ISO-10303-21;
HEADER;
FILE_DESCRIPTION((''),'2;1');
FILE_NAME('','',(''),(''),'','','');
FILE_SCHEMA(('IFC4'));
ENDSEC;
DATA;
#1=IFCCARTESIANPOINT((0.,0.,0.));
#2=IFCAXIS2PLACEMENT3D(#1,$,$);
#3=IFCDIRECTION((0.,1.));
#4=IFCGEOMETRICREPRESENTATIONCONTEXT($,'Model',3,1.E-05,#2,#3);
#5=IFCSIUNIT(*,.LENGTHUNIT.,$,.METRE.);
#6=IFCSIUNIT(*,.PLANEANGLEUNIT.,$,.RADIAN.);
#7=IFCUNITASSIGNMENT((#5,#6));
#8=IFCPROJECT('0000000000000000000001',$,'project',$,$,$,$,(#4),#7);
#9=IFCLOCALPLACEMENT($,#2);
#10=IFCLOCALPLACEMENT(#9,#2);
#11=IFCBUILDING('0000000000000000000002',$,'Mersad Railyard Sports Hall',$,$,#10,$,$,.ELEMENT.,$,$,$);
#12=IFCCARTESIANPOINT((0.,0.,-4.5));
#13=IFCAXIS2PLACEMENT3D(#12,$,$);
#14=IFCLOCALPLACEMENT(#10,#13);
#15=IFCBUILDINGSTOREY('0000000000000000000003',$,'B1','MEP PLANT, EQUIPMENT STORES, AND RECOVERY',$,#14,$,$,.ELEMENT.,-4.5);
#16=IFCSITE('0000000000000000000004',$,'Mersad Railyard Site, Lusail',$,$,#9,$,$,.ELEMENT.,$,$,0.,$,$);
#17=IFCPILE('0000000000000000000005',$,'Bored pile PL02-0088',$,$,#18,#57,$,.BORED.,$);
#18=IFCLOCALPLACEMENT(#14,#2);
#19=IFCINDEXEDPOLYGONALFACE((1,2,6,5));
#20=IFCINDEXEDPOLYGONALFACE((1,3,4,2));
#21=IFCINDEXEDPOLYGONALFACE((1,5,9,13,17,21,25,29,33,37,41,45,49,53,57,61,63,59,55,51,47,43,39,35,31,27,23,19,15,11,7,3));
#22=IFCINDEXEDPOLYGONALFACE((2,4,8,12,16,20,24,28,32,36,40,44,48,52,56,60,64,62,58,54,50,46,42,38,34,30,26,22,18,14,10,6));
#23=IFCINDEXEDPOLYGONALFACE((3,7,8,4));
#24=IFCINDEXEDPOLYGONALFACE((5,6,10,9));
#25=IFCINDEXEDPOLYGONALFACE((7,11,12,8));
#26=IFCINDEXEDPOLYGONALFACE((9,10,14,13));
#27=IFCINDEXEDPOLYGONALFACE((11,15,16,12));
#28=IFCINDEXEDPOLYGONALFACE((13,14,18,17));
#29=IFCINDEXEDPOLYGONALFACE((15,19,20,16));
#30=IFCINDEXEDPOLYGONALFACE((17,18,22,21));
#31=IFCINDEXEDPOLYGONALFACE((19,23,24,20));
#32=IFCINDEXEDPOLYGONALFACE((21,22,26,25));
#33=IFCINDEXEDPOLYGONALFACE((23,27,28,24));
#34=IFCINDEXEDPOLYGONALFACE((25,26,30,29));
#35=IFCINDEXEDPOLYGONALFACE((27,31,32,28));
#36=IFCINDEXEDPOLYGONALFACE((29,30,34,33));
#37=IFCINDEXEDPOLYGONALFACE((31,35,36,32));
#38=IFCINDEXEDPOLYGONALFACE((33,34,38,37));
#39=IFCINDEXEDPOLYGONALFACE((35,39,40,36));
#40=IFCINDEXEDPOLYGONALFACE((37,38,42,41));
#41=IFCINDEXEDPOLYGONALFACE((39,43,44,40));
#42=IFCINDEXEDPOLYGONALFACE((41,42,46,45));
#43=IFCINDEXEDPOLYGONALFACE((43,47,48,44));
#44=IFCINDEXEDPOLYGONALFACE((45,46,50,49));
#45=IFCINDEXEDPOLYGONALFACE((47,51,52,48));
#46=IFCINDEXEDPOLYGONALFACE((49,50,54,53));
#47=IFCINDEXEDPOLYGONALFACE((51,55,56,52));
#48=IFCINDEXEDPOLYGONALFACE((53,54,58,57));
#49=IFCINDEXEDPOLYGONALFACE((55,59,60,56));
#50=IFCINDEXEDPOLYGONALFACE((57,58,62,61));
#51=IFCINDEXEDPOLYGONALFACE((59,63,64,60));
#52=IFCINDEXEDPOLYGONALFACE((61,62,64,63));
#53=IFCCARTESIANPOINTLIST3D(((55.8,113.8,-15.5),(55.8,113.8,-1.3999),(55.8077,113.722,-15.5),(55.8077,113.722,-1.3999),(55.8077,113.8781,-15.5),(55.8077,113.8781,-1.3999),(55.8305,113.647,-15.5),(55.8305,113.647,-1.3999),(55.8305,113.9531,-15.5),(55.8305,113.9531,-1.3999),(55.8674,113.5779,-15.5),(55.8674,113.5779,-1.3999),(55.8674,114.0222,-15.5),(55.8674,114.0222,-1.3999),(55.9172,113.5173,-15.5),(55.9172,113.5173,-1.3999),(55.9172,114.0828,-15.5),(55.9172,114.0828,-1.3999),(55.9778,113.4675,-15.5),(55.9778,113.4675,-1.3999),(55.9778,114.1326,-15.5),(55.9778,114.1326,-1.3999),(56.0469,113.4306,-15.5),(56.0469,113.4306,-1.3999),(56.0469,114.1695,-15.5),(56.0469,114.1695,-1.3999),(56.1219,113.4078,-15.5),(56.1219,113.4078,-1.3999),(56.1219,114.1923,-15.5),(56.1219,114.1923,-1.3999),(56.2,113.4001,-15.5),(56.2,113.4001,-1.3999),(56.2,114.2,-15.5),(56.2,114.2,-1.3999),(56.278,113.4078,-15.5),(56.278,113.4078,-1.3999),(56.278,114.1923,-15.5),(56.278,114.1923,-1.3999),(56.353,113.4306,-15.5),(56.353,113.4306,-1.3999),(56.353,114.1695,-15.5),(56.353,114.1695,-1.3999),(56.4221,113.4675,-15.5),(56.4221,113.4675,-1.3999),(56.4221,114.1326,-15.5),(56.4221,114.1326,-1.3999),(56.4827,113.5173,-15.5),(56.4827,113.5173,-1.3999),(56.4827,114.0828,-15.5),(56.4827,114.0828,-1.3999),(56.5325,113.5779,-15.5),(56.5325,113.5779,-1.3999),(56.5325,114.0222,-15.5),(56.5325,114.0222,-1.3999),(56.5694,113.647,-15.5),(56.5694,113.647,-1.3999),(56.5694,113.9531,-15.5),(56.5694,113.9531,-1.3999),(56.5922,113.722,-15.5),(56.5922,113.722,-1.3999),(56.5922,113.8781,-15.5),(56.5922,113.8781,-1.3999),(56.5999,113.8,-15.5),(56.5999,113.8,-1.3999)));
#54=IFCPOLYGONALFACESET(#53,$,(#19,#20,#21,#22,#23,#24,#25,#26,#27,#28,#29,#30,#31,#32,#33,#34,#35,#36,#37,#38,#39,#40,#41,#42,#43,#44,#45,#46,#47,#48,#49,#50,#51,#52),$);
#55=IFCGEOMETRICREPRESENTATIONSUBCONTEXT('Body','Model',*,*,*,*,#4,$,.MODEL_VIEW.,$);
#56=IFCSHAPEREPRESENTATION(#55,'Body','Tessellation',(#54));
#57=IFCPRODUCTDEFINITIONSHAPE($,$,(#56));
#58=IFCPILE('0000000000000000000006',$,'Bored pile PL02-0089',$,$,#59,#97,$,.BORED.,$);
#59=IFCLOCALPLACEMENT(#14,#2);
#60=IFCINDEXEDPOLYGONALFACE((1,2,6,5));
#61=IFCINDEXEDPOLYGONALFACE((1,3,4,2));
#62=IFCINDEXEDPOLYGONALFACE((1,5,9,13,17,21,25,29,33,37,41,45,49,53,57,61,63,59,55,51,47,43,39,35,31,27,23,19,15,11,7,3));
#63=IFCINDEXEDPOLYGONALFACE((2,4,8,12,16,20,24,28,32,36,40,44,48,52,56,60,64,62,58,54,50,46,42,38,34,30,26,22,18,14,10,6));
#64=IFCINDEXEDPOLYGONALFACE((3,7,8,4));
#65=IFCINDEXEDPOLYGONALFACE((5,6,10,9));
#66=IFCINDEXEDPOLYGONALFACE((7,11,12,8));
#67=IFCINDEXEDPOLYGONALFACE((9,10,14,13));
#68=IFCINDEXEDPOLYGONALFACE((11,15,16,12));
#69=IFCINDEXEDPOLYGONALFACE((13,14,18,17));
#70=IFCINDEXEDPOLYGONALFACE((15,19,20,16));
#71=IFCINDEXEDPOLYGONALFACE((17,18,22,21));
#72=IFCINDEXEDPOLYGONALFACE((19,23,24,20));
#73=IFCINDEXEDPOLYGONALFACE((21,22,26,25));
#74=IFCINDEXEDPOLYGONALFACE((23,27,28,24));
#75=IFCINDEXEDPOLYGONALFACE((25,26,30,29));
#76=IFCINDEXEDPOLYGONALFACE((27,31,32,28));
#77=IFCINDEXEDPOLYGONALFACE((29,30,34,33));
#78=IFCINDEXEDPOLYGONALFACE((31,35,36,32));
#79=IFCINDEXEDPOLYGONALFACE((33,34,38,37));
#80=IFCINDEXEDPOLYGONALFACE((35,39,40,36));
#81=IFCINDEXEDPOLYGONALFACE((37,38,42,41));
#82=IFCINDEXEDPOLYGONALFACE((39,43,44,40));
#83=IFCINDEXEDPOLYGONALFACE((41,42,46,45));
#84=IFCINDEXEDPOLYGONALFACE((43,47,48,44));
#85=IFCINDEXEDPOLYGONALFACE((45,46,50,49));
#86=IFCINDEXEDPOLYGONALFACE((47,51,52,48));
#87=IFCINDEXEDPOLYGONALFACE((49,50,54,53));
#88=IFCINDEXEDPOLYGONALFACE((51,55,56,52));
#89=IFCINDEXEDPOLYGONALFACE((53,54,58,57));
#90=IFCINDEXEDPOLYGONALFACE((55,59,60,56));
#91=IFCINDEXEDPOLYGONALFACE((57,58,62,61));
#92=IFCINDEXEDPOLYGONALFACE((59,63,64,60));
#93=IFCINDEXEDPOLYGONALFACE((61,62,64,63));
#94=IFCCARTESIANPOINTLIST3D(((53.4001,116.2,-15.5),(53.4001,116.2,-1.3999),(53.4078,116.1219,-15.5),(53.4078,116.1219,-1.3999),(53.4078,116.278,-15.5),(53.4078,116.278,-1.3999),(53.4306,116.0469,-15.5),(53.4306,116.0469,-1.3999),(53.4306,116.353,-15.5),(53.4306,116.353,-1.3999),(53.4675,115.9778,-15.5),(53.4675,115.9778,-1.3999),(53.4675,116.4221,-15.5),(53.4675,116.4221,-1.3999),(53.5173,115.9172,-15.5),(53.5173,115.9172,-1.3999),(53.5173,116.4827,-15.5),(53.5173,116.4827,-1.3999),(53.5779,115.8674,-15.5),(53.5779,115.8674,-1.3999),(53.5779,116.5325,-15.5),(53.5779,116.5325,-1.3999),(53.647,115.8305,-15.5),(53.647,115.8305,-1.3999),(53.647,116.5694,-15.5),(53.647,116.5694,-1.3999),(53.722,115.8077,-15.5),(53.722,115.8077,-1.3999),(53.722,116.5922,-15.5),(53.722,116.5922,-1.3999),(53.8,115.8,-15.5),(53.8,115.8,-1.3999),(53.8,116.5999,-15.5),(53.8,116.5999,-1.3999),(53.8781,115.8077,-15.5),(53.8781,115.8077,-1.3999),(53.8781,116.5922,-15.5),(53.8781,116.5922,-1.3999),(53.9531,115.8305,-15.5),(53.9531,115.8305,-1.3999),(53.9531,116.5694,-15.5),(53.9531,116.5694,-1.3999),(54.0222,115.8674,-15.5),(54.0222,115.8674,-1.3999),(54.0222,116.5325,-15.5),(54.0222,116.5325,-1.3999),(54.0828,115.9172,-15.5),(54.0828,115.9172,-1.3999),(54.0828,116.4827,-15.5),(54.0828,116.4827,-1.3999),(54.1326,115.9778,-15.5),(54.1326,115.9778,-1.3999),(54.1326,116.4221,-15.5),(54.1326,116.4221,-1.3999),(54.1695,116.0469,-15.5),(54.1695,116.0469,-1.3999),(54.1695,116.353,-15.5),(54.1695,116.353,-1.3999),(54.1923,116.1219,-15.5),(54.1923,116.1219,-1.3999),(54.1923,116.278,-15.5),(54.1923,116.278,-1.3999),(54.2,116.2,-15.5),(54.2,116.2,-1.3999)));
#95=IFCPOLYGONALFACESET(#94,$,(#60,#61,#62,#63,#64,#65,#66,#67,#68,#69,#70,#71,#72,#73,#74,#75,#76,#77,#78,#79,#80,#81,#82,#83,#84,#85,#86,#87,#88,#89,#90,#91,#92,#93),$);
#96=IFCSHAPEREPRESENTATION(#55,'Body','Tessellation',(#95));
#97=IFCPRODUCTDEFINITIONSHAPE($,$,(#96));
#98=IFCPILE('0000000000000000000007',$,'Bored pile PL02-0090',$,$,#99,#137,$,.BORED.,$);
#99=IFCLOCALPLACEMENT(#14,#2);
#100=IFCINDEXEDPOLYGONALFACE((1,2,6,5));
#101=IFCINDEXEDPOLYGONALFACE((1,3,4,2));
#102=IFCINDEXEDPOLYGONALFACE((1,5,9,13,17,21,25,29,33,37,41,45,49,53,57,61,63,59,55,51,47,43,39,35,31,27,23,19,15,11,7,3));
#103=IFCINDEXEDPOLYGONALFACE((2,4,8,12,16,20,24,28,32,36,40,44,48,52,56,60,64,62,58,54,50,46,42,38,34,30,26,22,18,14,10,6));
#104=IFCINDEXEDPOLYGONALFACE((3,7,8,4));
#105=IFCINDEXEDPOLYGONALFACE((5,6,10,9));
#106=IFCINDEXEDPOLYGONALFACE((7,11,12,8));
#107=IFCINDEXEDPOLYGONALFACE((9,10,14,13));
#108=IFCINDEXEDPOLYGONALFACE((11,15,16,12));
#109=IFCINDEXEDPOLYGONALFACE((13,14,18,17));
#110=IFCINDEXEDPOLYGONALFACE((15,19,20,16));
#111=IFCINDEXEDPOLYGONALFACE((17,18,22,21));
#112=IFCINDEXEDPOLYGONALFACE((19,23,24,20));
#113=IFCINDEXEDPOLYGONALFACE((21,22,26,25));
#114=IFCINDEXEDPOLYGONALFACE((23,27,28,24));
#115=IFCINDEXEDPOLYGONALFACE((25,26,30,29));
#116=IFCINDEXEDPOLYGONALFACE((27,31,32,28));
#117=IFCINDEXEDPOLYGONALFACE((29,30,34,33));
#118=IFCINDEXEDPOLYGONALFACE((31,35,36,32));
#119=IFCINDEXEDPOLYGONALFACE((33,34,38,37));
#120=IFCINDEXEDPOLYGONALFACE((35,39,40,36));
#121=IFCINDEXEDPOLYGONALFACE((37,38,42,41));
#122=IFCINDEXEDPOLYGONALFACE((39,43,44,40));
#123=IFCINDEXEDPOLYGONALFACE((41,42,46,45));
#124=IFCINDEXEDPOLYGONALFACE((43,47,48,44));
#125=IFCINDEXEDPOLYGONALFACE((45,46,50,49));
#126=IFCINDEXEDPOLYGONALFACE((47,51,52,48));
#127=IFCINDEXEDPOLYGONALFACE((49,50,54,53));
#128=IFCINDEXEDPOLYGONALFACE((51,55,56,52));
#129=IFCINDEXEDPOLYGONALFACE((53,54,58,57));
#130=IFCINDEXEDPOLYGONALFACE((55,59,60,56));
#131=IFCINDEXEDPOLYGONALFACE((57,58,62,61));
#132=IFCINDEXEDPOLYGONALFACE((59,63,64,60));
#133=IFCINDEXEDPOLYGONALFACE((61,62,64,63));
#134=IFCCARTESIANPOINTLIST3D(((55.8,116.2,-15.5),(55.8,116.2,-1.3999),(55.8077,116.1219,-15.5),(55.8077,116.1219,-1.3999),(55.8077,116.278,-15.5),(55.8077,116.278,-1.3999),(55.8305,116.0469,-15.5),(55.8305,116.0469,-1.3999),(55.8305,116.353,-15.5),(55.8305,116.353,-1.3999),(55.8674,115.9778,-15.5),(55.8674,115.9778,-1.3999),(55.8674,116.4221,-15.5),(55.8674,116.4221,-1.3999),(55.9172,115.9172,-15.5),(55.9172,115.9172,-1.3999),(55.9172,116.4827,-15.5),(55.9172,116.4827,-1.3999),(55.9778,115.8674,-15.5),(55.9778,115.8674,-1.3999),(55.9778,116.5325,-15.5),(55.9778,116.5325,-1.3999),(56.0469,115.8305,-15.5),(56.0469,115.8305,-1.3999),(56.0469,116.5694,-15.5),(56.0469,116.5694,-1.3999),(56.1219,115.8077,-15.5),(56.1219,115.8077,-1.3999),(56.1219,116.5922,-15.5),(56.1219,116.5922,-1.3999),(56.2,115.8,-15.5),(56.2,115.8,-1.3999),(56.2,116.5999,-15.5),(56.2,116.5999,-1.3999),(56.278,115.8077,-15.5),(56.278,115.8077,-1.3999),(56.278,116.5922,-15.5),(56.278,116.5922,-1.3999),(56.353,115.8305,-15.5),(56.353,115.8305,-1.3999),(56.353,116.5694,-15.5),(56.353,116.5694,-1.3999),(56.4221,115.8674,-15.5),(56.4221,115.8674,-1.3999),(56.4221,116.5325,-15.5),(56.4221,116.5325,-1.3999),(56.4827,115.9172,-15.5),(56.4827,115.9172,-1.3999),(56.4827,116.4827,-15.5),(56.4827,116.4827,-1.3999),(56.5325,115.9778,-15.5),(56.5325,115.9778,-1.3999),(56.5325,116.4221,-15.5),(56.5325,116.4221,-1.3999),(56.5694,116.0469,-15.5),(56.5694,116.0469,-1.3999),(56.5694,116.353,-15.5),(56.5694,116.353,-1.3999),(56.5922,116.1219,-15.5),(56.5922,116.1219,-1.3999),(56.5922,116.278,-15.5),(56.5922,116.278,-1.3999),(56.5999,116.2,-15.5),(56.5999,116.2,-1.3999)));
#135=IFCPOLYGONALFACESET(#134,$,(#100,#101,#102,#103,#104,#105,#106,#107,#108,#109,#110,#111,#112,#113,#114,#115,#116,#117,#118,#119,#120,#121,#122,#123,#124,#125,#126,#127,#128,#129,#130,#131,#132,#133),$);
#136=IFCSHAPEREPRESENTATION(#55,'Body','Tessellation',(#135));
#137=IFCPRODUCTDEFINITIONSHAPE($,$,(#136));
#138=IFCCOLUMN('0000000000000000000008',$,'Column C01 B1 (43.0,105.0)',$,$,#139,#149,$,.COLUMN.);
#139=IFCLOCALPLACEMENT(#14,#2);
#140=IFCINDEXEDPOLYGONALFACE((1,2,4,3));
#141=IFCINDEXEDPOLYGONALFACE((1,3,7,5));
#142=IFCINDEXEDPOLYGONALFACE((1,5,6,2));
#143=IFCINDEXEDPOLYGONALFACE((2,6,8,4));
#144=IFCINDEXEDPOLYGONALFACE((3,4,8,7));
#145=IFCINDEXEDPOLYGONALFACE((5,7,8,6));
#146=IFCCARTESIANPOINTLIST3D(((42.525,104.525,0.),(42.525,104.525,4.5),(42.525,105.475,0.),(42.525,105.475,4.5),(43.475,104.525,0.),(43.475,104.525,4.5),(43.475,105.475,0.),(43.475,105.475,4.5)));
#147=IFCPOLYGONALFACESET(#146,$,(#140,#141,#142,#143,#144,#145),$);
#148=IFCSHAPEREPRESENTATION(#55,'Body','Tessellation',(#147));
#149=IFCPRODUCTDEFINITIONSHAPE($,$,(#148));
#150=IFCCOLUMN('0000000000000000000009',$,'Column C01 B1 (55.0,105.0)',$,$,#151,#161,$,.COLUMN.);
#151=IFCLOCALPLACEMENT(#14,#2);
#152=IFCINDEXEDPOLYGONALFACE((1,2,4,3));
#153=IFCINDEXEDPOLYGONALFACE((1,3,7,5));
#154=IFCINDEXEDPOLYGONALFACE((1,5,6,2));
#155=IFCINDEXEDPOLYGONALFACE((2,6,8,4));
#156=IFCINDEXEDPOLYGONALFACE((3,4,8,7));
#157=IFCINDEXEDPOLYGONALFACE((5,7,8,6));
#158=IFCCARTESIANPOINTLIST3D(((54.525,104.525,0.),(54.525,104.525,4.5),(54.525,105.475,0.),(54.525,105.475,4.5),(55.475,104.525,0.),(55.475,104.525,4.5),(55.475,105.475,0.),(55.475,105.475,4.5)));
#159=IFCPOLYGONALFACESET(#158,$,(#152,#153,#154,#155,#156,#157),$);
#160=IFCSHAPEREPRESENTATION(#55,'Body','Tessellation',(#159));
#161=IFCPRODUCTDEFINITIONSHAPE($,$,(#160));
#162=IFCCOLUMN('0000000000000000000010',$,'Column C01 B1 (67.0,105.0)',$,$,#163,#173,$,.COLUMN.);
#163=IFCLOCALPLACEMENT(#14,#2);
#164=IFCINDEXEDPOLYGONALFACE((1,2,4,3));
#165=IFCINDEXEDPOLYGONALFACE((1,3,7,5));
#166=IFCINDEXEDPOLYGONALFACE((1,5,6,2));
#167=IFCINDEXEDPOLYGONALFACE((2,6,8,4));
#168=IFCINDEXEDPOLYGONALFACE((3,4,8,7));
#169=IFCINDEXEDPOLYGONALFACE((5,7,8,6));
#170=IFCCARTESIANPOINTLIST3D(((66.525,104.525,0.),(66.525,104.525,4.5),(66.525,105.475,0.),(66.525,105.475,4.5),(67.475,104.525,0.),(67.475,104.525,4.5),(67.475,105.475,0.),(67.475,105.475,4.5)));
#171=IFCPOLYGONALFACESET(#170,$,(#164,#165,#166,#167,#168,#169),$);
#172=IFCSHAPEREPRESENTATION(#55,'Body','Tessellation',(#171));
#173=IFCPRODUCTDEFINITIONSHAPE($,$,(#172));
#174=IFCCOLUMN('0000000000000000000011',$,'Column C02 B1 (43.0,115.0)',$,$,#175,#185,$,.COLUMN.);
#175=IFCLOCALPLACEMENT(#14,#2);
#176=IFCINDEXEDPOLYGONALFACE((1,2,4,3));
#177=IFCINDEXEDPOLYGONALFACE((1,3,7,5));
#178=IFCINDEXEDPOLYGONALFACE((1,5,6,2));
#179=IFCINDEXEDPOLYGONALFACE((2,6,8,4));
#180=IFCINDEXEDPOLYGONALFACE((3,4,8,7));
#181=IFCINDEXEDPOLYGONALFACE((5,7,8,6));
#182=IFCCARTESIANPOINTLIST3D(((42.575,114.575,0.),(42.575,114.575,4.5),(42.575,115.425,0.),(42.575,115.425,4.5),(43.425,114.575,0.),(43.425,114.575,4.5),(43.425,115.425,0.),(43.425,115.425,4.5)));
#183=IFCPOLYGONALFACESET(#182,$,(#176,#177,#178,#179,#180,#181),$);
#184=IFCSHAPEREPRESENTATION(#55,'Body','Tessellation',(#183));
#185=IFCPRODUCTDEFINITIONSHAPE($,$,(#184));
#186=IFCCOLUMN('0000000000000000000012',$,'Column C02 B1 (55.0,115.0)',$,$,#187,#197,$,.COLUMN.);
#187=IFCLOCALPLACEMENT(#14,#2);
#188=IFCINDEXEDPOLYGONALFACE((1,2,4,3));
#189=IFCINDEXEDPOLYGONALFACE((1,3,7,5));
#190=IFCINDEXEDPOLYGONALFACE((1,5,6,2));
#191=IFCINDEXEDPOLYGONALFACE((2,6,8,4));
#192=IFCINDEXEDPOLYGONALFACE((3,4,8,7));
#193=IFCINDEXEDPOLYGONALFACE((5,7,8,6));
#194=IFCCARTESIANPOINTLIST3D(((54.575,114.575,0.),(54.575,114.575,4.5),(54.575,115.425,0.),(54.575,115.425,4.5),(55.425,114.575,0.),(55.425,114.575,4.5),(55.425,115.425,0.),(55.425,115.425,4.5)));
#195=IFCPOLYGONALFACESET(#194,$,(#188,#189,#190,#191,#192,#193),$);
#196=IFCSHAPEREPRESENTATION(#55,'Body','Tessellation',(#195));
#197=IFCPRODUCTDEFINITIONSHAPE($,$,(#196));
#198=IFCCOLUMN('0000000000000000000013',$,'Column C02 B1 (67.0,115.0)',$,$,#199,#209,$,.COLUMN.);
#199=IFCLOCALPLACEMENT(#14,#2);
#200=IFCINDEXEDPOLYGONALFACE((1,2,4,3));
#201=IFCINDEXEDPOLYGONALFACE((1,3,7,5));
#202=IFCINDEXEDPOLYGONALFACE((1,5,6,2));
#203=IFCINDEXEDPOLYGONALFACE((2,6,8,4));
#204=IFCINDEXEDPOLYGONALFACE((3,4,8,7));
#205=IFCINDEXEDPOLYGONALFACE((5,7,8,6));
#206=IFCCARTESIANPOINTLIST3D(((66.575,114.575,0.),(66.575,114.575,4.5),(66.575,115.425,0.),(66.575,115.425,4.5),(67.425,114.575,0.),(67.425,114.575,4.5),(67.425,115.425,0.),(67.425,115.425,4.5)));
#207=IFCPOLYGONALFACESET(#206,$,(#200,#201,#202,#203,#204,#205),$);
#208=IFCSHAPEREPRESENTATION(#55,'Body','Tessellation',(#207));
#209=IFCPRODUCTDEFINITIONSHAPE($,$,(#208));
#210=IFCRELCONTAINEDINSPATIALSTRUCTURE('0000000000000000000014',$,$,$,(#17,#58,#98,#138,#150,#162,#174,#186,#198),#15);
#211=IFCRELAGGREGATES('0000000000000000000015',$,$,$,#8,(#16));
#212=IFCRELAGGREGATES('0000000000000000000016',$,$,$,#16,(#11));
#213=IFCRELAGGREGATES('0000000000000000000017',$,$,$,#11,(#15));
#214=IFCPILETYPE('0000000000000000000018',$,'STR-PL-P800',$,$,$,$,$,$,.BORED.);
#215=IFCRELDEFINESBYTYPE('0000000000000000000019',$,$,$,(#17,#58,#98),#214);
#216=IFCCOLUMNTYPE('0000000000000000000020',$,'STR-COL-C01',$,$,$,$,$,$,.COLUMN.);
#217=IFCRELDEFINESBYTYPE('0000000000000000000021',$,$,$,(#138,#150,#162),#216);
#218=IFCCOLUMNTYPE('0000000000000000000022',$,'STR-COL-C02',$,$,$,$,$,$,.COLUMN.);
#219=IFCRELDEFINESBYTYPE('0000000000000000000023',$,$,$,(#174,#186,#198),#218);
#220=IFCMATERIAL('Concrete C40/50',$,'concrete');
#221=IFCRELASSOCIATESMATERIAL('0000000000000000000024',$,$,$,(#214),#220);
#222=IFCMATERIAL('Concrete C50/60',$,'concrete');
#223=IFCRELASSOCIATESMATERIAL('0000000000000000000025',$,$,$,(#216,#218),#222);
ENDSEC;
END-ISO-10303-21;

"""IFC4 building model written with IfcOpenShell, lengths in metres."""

from ifc_helpers import new_model, si_unit, direction, frame, origin, origin_2d, place, context, subcontext, project, spatial, rectangle, circle, extrude, material, material_profile, profile_set, type_object, element, save


model = new_model("IFC4")

# Units and contexts
model_context = context("Model", 3, precision=1e-05, world=origin(), true_north=direction((0.0, 1.0)))
body_context = subcontext(model_context, "Body", "Model", "MODEL_VIEW")
ifc_project = project(units=[si_unit("LENGTHUNIT", "METRE"), si_unit("PLANEANGLEUNIT", "RADIAN")], contexts=[model_context])

# Site, building, storey
site_placement = place(None, origin())
site = spatial("IfcSite", under=ifc_project, at=site_placement, Name="Mersad Railyard Site, Lusail", CompositionType="ELEMENT", RefElevation=0.0)
building_placement = place(site_placement, origin())
building = spatial("IfcBuilding", under=site, at=building_placement, Name="Mersad Railyard Sports Hall", CompositionType="ELEMENT")
storey_placement = place(building_placement, frame((0.0, 0.0, -4.5)))
storey = spatial("IfcBuildingStorey", under=building, at=storey_placement, Name="B1", Description="MEP PLANT, EQUIPMENT STORES, AND RECOVERY", CompositionType="ELEMENT", Elevation=-4.5)

# Shared definitions
ifc_material_1 = material(Name="Concrete C40/50", Category="concrete")

# Piles
ifc_material_profile_1 = material_profile(ifc_material_1, circle(Radius=0.3999, at=origin_2d()), Name="BORED PILE D800")
ifc_profile_set_1 = profile_set([ifc_material_profile_1], Name="Concrete C40/50")
pile_type_1 = type_object("IfcPileType", Name="STR-PL-P800", PredefinedType="BORED", material=ifc_profile_set_1)
for number, where, z_axis, x_axis, name in (
    (1, (56.2, 113.8, -1.3999), (0.0, 0.0, -1.0), (1.0, 0.0, 0.0), "Bored pile PL02-0088"),
    (2, (53.8, 116.2, -1.3999), (0.0, 0.0, -1.0), (1.0, 0.0, 0.0), "Bored pile PL02-0089"),
    (3, (56.2, 116.2, -1.3999), (0.0, 0.0, -1.0), (1.0, 0.0, 0.0), "Bored pile PL02-0090"),
):
    element("IfcPile", number, at=place(storey_placement, frame(where, z_axis=z_axis, x_axis=x_axis)), inside=storey, type_object=pile_type_1, Name=name, PredefinedType="BORED", context=body_context, shape_type="SweptSolid", body=[
        extrude(circle(Radius=0.3999, at=origin_2d()), origin(), (0.0, 0.0, 1.0), 14.1001),
    ])

# Columns
ifc_material_2 = material(Name="Concrete C50/60", Category="concrete")
ifc_material_profile_2 = material_profile(ifc_material_2, rectangle(XDim=0.95, YDim=0.95, at=origin_2d()), Name="RC 950x950")
ifc_profile_set_2 = profile_set([ifc_material_profile_2], Name="Concrete C50/60")
column_type_1 = type_object("IfcColumnType", Name="STR-COL-C01", PredefinedType="COLUMN", material=ifc_profile_set_2)
for number, where, z_axis, x_axis, name in (
    (4, (43.0, 105.0, 0.0), (0.0, 0.0, 1.0), (1.0, 0.0, 0.0), "Column C01 B1 (43.0,105.0)"),
    (5, (55.0, 105.0, 0.0), (0.0, 0.0, 1.0), (1.0, 0.0, 0.0), "Column C01 B1 (55.0,105.0)"),
    (6, (67.0, 105.0, 0.0), (0.0, 0.0, 1.0), (1.0, 0.0, 0.0), "Column C01 B1 (67.0,105.0)"),
):
    element("IfcColumn", number, at=place(storey_placement, frame(where, z_axis=z_axis, x_axis=x_axis)), inside=storey, type_object=column_type_1, Name=name, PredefinedType="COLUMN", context=body_context, shape_type="SweptSolid", body=[
        extrude(rectangle(XDim=0.95, YDim=0.95, at=origin_2d()), origin(), (0.0, 0.0, 1.0), 4.5),
    ])
ifc_material_profile_3 = material_profile(ifc_material_2, rectangle(XDim=0.8501, YDim=0.8501, at=origin_2d()), Name="RC 850x850")
ifc_profile_set_3 = profile_set([ifc_material_profile_3], Name="Concrete C50/60")
column_type_2 = type_object("IfcColumnType", Name="STR-COL-C02", PredefinedType="COLUMN", material=ifc_profile_set_3)
for number, where, z_axis, x_axis, name in (
    (7, (43.0, 115.0, 0.0), (0.0, 0.0, 1.0), (1.0, 0.0, 0.0), "Column C02 B1 (43.0,115.0)"),
    (8, (55.0, 115.0, 0.0), (0.0, 0.0, 1.0), (1.0, 0.0, 0.0), "Column C02 B1 (55.0,115.0)"),
    (9, (67.0, 115.0, 0.0), (0.0, 0.0, 1.0), (1.0, 0.0, 0.0), "Column C02 B1 (67.0,115.0)"),
):
    element("IfcColumn", number, at=place(storey_placement, frame(where, z_axis=z_axis, x_axis=x_axis)), inside=storey, type_object=column_type_2, Name=name, PredefinedType="COLUMN", context=body_context, shape_type="SweptSolid", body=[
        extrude(rectangle(XDim=0.8501, YDim=0.8501, at=origin_2d()), origin(), (0.0, 0.0, 1.0), 4.5),
    ])

save(model, "model.ifc")
